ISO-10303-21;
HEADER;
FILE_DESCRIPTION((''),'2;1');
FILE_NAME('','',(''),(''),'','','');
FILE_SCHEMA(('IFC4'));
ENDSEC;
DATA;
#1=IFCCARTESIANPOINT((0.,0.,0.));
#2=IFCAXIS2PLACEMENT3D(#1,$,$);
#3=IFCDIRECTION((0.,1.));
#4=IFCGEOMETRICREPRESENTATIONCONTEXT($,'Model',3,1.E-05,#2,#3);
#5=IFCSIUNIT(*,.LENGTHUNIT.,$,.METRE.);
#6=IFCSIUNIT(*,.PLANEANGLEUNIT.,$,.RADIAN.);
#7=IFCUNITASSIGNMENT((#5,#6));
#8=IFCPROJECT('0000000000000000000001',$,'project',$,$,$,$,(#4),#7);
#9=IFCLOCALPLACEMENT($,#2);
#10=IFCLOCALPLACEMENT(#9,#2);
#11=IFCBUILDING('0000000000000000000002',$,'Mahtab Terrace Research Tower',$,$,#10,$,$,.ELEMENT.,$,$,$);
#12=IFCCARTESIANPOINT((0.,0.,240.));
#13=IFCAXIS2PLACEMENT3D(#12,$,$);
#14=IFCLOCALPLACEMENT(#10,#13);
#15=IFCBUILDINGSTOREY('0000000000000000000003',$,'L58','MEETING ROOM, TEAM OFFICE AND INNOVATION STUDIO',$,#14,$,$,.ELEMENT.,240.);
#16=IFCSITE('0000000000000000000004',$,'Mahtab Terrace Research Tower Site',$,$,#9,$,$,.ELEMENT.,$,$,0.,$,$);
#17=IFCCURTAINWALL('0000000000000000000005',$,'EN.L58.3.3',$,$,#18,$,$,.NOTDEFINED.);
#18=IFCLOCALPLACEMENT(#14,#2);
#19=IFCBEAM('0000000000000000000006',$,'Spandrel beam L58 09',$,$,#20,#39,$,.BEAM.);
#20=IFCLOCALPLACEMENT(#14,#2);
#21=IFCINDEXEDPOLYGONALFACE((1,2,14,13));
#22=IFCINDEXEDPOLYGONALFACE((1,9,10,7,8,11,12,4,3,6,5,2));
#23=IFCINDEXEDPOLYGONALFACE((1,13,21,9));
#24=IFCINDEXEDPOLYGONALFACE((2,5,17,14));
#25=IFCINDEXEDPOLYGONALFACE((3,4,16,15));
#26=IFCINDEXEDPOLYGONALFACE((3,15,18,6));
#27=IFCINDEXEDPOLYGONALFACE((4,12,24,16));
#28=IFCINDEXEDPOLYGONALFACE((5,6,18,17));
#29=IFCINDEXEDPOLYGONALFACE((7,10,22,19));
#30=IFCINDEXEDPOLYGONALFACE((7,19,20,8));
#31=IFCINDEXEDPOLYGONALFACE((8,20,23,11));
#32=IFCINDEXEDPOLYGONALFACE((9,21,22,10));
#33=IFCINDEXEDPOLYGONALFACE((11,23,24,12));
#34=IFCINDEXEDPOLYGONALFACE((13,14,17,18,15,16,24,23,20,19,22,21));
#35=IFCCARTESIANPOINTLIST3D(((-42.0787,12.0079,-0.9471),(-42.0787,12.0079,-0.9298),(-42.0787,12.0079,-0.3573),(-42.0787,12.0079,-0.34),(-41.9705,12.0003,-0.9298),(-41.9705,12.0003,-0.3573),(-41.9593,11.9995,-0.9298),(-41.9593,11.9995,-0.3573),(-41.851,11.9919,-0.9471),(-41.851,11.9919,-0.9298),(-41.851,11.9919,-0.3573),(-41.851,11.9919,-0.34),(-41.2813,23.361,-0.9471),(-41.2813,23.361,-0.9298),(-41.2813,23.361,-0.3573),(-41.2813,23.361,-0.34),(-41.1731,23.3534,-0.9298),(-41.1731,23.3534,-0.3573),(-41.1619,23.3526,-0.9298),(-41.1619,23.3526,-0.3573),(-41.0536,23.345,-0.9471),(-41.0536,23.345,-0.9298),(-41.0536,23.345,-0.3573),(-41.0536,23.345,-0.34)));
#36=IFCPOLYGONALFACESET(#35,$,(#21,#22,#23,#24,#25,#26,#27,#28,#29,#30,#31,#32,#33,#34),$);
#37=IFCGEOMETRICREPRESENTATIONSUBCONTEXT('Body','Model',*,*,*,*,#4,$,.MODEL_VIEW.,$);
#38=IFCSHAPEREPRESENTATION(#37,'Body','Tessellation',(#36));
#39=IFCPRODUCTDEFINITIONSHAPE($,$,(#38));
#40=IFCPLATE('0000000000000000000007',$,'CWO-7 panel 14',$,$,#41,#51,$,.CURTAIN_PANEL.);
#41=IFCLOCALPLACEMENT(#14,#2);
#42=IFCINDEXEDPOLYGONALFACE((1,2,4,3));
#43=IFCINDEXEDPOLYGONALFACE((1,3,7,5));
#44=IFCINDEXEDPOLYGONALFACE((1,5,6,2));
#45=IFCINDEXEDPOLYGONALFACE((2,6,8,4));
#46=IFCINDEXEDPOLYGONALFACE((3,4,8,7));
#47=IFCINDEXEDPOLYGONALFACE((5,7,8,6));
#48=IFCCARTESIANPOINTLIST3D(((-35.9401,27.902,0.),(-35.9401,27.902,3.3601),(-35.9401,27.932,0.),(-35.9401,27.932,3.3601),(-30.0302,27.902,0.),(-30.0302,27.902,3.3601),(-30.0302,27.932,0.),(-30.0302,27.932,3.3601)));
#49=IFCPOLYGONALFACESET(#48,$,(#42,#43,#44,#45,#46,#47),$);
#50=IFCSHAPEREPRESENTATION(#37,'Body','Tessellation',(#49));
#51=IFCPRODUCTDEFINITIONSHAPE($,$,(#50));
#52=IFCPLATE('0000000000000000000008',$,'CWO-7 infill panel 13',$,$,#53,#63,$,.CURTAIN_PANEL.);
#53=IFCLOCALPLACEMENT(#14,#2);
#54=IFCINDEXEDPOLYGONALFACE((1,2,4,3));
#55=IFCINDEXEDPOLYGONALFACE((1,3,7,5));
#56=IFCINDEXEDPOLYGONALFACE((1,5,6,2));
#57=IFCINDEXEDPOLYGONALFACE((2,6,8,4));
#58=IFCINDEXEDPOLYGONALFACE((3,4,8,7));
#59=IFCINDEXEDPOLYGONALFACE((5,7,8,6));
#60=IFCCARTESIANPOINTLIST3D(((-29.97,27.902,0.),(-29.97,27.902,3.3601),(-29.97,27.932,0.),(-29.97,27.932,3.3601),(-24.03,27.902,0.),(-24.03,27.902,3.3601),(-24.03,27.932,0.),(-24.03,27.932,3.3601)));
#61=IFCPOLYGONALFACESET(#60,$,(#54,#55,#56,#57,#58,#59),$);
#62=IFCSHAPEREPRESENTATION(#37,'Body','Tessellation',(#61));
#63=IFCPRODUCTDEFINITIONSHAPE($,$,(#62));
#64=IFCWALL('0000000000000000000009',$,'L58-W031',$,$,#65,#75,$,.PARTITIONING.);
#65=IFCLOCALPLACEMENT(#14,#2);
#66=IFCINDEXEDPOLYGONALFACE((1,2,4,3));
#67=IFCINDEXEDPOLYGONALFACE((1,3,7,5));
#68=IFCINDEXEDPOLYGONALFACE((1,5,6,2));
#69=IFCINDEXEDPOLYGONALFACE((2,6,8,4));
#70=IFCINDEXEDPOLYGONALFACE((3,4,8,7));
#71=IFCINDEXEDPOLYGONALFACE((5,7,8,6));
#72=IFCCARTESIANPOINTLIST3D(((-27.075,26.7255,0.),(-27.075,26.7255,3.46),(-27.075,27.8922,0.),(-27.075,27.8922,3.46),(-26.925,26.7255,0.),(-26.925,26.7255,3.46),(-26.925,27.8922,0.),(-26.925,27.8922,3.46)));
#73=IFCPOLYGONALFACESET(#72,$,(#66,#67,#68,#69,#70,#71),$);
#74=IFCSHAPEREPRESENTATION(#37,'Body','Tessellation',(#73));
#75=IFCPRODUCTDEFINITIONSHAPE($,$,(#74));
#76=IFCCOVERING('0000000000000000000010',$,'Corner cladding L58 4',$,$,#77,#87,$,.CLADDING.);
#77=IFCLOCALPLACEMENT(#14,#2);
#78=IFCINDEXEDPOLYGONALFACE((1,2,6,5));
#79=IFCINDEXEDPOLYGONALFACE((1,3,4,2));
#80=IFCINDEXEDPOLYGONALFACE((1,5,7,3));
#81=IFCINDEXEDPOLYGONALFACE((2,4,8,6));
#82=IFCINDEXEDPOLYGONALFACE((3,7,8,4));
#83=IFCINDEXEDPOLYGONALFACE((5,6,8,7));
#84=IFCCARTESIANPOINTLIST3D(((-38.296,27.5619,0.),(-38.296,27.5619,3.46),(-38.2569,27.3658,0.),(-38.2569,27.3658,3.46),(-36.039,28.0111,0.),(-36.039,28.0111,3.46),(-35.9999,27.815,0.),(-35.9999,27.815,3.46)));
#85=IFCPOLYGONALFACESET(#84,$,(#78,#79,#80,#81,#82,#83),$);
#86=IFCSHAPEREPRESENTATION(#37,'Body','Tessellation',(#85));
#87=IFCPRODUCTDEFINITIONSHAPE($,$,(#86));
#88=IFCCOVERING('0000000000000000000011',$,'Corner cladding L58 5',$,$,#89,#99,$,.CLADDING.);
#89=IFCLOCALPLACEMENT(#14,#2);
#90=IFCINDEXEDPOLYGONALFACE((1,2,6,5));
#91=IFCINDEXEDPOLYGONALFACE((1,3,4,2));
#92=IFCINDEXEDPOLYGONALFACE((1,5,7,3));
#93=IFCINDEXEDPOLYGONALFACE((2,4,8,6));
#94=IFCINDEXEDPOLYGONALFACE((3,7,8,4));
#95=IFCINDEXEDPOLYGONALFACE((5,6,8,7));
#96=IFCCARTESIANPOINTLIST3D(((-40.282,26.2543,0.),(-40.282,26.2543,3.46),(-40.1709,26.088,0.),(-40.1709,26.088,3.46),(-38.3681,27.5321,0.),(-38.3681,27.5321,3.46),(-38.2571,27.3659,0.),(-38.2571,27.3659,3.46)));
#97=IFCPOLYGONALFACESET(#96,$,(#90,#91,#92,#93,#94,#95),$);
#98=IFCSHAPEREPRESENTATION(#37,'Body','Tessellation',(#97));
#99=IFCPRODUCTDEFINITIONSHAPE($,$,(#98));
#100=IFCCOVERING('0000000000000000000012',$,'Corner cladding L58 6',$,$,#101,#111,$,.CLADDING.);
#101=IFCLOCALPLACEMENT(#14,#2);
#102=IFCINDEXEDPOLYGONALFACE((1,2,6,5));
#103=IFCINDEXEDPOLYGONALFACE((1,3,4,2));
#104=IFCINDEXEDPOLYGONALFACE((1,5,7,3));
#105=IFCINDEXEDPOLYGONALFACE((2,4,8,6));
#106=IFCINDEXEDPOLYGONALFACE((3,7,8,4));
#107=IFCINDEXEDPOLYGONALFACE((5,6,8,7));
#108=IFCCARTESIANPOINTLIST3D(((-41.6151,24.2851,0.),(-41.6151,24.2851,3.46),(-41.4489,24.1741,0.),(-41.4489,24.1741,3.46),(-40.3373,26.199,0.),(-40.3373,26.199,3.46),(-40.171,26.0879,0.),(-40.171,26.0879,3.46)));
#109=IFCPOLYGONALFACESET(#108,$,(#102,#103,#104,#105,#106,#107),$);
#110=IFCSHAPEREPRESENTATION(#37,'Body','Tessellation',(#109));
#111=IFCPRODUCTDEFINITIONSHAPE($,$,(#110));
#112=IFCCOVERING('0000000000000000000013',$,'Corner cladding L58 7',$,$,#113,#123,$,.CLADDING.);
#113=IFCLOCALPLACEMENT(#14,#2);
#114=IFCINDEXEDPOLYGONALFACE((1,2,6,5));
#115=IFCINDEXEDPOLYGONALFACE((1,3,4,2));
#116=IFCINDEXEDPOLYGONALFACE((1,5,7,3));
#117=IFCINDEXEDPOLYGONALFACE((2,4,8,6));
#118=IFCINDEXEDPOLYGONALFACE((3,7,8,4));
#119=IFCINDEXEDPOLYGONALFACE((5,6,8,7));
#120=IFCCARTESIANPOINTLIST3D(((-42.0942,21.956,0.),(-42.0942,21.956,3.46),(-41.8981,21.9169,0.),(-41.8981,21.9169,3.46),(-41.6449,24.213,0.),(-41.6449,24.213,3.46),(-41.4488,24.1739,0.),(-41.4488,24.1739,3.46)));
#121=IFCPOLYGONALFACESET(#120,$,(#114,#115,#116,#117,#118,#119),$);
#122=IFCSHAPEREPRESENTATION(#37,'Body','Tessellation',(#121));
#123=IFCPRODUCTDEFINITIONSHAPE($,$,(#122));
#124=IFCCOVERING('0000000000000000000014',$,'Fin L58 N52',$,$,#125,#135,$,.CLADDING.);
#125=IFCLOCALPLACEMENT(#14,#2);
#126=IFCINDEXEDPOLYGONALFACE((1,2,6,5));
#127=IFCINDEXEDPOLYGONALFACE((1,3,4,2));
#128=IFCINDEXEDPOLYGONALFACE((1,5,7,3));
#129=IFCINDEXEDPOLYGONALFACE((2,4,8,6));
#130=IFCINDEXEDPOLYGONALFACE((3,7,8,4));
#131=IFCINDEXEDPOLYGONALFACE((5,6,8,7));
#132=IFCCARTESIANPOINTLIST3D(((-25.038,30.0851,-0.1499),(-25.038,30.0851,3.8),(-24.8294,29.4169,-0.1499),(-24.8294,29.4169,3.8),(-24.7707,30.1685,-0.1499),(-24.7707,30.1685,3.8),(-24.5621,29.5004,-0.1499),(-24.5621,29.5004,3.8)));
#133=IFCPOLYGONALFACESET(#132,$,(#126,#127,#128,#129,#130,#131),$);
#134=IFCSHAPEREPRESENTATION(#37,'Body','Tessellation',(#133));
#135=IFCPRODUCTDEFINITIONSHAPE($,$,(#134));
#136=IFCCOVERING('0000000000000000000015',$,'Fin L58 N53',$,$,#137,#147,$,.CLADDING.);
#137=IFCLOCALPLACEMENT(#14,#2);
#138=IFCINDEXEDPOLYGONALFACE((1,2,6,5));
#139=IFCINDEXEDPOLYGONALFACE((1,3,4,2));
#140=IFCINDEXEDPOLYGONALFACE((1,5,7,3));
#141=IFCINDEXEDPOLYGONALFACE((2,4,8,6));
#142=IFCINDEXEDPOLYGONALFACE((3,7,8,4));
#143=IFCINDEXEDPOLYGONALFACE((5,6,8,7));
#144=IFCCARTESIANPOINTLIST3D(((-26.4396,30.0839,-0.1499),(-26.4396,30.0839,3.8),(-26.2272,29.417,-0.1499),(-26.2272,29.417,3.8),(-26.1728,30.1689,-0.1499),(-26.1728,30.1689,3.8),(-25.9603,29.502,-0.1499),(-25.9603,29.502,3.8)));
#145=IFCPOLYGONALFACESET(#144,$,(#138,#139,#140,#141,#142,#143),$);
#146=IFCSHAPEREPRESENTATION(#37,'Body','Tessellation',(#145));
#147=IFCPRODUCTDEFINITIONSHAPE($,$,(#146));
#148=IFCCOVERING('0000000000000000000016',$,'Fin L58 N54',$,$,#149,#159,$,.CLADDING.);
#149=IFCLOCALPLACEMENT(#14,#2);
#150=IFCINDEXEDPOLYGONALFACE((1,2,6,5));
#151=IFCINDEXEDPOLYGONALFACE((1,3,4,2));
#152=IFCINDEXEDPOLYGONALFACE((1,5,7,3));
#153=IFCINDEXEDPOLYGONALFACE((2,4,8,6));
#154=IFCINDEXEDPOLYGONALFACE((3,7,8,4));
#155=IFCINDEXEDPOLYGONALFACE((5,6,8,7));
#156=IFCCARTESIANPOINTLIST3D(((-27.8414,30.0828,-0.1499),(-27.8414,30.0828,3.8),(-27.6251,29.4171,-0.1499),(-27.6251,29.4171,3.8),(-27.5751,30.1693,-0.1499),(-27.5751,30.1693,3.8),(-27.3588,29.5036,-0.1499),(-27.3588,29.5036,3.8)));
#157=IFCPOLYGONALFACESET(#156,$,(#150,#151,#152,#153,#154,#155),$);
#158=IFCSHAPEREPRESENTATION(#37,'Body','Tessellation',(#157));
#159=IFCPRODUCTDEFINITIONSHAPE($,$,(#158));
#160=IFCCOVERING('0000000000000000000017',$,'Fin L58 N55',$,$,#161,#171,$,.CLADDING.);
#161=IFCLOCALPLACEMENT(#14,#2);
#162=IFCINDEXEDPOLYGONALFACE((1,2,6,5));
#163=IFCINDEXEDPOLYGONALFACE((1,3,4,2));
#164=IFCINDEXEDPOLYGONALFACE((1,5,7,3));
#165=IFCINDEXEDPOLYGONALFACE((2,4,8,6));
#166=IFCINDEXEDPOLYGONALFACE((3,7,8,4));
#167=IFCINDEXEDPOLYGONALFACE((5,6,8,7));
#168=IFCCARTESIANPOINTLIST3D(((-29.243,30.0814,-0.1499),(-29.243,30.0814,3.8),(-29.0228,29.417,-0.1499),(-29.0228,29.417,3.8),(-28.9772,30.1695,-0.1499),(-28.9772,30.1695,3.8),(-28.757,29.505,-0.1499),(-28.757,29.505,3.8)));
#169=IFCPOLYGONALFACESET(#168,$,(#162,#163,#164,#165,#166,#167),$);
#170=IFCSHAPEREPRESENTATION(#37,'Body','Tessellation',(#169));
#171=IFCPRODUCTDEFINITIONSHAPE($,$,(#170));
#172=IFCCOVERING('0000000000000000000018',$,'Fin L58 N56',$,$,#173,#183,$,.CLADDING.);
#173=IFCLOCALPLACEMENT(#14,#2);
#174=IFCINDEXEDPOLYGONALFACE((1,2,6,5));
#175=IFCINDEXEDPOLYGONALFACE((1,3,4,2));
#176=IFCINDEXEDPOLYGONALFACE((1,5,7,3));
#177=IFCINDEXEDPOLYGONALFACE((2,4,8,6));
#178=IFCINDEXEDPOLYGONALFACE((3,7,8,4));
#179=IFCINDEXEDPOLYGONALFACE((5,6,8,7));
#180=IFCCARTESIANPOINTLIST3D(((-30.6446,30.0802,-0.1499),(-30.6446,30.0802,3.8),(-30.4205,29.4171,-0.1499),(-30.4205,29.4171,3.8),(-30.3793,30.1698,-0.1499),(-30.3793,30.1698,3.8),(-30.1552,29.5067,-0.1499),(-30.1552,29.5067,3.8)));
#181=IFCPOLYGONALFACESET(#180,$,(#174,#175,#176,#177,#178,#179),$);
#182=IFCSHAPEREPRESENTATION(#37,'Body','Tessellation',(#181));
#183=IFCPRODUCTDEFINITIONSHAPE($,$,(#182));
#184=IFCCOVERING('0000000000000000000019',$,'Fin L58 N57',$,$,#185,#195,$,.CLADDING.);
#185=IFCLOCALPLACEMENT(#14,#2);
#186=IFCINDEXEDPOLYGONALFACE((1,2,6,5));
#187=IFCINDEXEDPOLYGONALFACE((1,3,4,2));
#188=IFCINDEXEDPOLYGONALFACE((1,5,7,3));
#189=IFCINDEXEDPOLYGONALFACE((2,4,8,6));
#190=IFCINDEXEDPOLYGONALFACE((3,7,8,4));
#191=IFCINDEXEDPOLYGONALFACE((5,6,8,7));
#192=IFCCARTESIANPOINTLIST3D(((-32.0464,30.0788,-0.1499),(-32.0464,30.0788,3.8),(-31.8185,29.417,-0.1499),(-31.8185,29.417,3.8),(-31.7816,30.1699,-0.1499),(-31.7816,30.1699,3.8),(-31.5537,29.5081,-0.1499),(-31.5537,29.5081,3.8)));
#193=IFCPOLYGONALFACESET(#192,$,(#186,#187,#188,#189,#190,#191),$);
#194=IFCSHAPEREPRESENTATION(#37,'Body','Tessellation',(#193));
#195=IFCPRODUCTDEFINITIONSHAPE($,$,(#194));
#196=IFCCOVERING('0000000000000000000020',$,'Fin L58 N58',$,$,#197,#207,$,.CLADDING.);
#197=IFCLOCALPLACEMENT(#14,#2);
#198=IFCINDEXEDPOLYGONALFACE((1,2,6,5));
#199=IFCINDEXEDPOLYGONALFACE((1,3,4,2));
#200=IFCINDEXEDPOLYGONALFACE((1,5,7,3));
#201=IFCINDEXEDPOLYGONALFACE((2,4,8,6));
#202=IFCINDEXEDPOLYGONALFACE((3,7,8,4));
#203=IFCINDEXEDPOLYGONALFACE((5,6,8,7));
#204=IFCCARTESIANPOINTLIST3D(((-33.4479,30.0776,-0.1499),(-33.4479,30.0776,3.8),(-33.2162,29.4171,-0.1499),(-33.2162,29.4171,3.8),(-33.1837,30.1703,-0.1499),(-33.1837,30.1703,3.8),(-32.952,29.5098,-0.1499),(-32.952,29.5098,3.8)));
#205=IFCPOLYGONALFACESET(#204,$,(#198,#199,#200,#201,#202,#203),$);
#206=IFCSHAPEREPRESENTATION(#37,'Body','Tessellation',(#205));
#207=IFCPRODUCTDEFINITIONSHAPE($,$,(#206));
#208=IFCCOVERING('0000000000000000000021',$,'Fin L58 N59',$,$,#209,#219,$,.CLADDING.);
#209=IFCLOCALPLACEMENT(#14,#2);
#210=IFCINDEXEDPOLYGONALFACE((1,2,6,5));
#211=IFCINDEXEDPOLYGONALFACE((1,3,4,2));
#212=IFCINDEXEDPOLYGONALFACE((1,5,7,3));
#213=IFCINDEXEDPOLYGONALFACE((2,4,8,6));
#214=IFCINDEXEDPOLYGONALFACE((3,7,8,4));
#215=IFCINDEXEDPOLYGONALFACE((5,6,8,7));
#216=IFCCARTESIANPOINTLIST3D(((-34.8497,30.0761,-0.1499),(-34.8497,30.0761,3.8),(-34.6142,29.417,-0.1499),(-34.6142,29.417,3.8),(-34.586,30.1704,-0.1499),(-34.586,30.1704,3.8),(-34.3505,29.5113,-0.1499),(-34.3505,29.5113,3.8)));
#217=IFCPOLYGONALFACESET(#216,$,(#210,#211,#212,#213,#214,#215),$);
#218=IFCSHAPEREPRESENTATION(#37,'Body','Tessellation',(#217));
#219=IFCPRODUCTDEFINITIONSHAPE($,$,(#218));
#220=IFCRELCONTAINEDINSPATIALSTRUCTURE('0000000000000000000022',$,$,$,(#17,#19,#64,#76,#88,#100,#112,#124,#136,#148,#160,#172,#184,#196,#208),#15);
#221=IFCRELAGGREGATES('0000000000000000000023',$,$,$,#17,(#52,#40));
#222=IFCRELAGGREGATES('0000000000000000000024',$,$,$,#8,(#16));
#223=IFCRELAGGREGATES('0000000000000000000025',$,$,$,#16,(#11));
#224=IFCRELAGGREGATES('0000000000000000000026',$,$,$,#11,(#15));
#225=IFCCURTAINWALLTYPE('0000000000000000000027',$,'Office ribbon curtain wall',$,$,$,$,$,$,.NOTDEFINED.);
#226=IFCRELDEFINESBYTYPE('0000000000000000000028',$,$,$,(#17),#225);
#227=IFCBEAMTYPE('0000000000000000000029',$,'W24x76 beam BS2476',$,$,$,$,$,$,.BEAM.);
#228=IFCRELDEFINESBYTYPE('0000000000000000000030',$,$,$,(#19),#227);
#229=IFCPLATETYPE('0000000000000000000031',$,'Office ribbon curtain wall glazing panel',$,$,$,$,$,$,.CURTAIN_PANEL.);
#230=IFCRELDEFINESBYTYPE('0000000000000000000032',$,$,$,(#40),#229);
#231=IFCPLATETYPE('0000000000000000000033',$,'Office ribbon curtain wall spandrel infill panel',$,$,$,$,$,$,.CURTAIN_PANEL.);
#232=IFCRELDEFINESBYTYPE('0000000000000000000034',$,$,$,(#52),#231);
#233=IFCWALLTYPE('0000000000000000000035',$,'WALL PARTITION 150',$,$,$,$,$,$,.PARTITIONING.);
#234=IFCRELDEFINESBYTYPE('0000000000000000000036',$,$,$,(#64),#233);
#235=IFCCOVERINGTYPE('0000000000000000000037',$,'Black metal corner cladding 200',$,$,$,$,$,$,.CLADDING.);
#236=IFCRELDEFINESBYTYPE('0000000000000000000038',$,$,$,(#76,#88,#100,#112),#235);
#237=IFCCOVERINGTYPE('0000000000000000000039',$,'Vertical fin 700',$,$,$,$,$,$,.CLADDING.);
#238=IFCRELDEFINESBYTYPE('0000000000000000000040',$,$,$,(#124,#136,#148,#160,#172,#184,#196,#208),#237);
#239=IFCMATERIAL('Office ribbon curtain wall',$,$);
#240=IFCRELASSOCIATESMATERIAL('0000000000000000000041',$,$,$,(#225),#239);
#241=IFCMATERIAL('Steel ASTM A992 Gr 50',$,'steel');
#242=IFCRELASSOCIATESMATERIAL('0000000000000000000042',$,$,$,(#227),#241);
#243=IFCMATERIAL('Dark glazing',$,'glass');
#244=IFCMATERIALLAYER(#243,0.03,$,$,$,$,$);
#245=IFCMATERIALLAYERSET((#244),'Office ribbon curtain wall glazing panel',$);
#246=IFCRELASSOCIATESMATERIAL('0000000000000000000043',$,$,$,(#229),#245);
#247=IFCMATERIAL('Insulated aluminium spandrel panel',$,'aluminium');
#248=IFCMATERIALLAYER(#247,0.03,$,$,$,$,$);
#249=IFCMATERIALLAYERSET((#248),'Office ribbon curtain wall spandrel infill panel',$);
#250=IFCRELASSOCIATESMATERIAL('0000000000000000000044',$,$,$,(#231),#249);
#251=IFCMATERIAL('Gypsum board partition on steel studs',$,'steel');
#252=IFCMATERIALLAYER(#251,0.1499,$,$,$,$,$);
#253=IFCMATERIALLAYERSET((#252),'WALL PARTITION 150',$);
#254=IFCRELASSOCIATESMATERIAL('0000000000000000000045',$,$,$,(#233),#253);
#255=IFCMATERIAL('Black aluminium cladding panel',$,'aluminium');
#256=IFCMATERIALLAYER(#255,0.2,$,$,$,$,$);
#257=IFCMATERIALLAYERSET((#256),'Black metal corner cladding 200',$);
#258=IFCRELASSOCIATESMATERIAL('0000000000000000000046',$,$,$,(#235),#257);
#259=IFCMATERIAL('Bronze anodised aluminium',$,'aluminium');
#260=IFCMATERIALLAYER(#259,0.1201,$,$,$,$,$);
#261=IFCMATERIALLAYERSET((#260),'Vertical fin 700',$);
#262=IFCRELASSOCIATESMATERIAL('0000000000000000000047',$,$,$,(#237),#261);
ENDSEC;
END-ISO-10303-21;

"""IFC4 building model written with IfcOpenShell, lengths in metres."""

from ifc_helpers import new_model, si_unit, direction, frame, frame_2d, origin, origin_2d, place, context, subcontext, project, spatial, rectangle, i_section, extrude, material, layer, layer_set, material_profile, profile_set, type_object, element, aggregate, save


model = new_model("IFC4")

# Units and contexts
model_context = context("Model", 3, precision=1e-05, world=origin(), true_north=direction((0.0, 1.0)))
body_context = subcontext(model_context, "Body", "Model", "MODEL_VIEW")
ifc_project = project(units=[si_unit("LENGTHUNIT", "METRE"), si_unit("PLANEANGLEUNIT", "RADIAN")], contexts=[model_context])

# Site, building, storey
site_placement = place(None, origin())
site = spatial("IfcSite", under=ifc_project, at=site_placement, Name="Mahtab Terrace Research Tower Site", CompositionType="ELEMENT", RefElevation=0.0)
building_placement = place(site_placement, origin())
building = spatial("IfcBuilding", under=site, at=building_placement, Name="Mahtab Terrace Research Tower", CompositionType="ELEMENT")
storey_placement = place(building_placement, frame((0.0, 0.0, 240.0)))
storey = spatial("IfcBuildingStorey", under=building, at=storey_placement, Name="L58", Description="MEETING ROOM, TEAM OFFICE AND INNOVATION STUDIO", CompositionType="ELEMENT", Elevation=240.0)

# Shared definitions
ifc_material_1 = material(Name="Steel ASTM A992 Gr 50", Category="steel")

# Curtain wall
ifc_material_2 = material(Name="Office ribbon curtain wall")
curtain_wall_type = type_object("IfcCurtainWallType", Name="Office ribbon curtain wall", PredefinedType="NOTDEFINED", material=ifc_material_2)
curtain_wall_1_placement = place(storey_placement, origin())
curtain_wall_1 = element("IfcCurtainWall", 1, at=curtain_wall_1_placement, inside=storey, type_object=curtain_wall_type, Name="EN.L58.3.3", PredefinedType="NOTDEFINED")

# Beam
ifc_material_profile_1 = material_profile(ifc_material_1, i_section(OverallWidth=0.2283, OverallDepth=0.6072, WebThickness=0.0112, FlangeThickness=0.0173, at=origin_2d()), Name="W24X76")
ifc_profile_set_1 = profile_set([ifc_material_profile_1], Name="Steel ASTM A992 Gr 50")
beam_type = type_object("IfcBeamType", Name="W24x76 beam BS2476", PredefinedType="BEAM", material=ifc_profile_set_1)
beam_1_placement = place(storey_placement, frame((-41.1675, 23.353, -0.6436), z_axis=(-0.070061, -0.997543, 0.0), x_axis=(0.997543, -0.070061, 0.0)))
element("IfcBeam", 2, at=beam_1_placement, inside=storey, type_object=beam_type, Name="Spandrel beam L58 09", PredefinedType="BEAM", context=body_context, shape_type="SweptSolid", body=[
    extrude(i_section(OverallWidth=0.2283, OverallDepth=0.6072, WebThickness=0.0112, FlangeThickness=0.0173, at=origin_2d()), origin(), (0.0, 0.0, 1.0), 11.3811),
])

# Plates
ifc_material_3 = material(Name="Dark glazing", Category="glass")
ifc_layer_1 = layer(ifc_material_3, 0.03)
ifc_layer_set_1 = layer_set([ifc_layer_1], Name="Office ribbon curtain wall glazing panel")
plate_type_1 = type_object("IfcPlateType", Name="Office ribbon curtain wall glazing panel", PredefinedType="CURTAIN_PANEL", material=ifc_layer_set_1)
plate_1_placement = place(storey_placement, frame((-32.9851, 27.917, 0.0), z_axis=(0.0, 0.0, 1.0), x_axis=(-1.0, 0.0, 0.0)))
plate_1 = element("IfcPlate", 3, at=plate_1_placement, type_object=plate_type_1, Name="CWO-7 panel 14", PredefinedType="CURTAIN_PANEL", context=body_context, shape_type="SweptSolid", body=[
    extrude(rectangle(XDim=5.9099, YDim=0.03, at=origin_2d()), origin(), (0.0, 0.0, 1.0), 3.3601),
])
ifc_material_4 = material(Name="Insulated aluminium spandrel panel", Category="aluminium")
ifc_layer_2 = layer(ifc_material_4, 0.03)
ifc_layer_set_2 = layer_set([ifc_layer_2], Name="Office ribbon curtain wall spandrel infill panel")
plate_type_2 = type_object("IfcPlateType", Name="Office ribbon curtain wall spandrel infill panel", PredefinedType="CURTAIN_PANEL", material=ifc_layer_set_2)
plate_2_placement = place(storey_placement, frame((-27.0, 27.917, 0.0), z_axis=(0.0, 0.0, 1.0), x_axis=(-1.0, 0.0, 0.0)))
plate_2 = element("IfcPlate", 4, at=plate_2_placement, type_object=plate_type_2, Name="CWO-7 infill panel 13", PredefinedType="CURTAIN_PANEL", context=body_context, shape_type="SweptSolid", body=[
    extrude(rectangle(XDim=5.9399, YDim=0.03, at=origin_2d()), origin(), (0.0, 0.0, 1.0), 3.3601),
])
aggregate(curtain_wall_1, [plate_2, plate_1])

# Wall
ifc_material_5 = material(Name="Gypsum board partition on steel studs", Category="steel")
ifc_layer_3 = layer(ifc_material_5, 0.1499)
ifc_layer_set_3 = layer_set([ifc_layer_3], Name="WALL PARTITION 150")
wall_type = type_object("IfcWallType", Name="WALL PARTITION 150", PredefinedType="PARTITIONING", material=ifc_layer_set_3)
wall_placement = place(storey_placement, frame((-27.0, 26.7253, 0.0), z_axis=(0.0, 0.0, 1.0), x_axis=(0.0, 1.0, 0.0)))
element("IfcWall", 5, at=wall_placement, inside=storey, type_object=wall_type, Name="L58-W031", PredefinedType="PARTITIONING", context=body_context, shape_type="SweptSolid", body=[
    extrude(rectangle(XDim=1.1667, YDim=0.1499, at=frame_2d((0.5835, 0.0))), origin(), (0.0, 0.0, 1.0), 3.46),
])

# Coverings
ifc_material_6 = material(Name="Black aluminium cladding panel", Category="aluminium")
ifc_layer_4 = layer(ifc_material_6, 0.2)
ifc_layer_set_4 = layer_set([ifc_layer_4], Name="Black metal corner cladding 200")
covering_type_1 = type_object("IfcCoveringType", Name="Black metal corner cladding 200", PredefinedType="CLADDING", material=ifc_layer_set_4)
for number, where, z_axis, x_axis, name in (
    (6, (-37.1479, 27.6885, 0.0), (0.0, 0.0, 1.0), (-0.980761, -0.195212, 0.0), "Corner cladding L58 4"),
    (7, (-39.2695, 26.8101, 0.0), (0.0, 0.0, 1.0), (-0.831656, -0.555291, 0.0), "Corner cladding L58 5"),
    (8, (-40.8931, 25.1865, 0.0), (0.0, 0.0, 1.0), (-0.555291, -0.831656, 0.0), "Corner cladding L58 6"),
    (9, (-41.7715, 23.0649, 0.0), (0.0, 0.0, 1.0), (-0.195212, -0.980761, 0.0), "Corner cladding L58 7"),
):
    element("IfcCovering", number, at=place(storey_placement, frame(where, z_axis=z_axis, x_axis=x_axis)), inside=storey, type_object=covering_type_1, Name=name, PredefinedType="CLADDING", context=body_context, shape_type="SweptSolid", body=[
        extrude(rectangle(XDim=2.3013, YDim=0.2, at=origin_2d()), origin(), (0.0, 0.0, 1.0), 3.46),
    ])
ifc_material_7 = material(Name="Bronze anodised aluminium", Category="aluminium")
ifc_layer_5 = layer(ifc_material_7, 0.1201)
ifc_layer_set_5 = layer_set([ifc_layer_5], Name="Vertical fin 700")
covering_type_2 = type_object("IfcCoveringType", Name="Vertical fin 700", PredefinedType="CLADDING", material=ifc_layer_set_5)
for number, where, z_axis, x_axis, name in (
    (10, (-24.8, 29.7927, -0.1499), (0.0, 0.0, 1.0), (-0.954588, -0.29793, 0.0), "Fin L58 N52"),
    (11, (-26.2, 29.793, -0.1499), (0.0, 0.0, 1.0), (-0.952838, -0.303479, 0.0), "Fin L58 N53"),
    (12, (-27.6001, 29.7932, -0.1499), (0.0, 0.0, 1.0), (-0.951057, -0.309017, 0.0), "Fin L58 N54"),
    (13, (-29.0, 29.7932, -0.1499), (0.0, 0.0, 1.0), (-0.949243, -0.314545, 0.0), "Fin L58 N55"),
    (14, (-30.3999, 29.7935, -0.1499), (0.0, 0.0, 1.0), (-0.947397, -0.320062, 0.0), "Fin L58 N56"),
    (15, (-31.8, 29.7935, -0.1499), (0.0, 0.0, 1.0), (-0.945519, -0.325568, 0.0), "Fin L58 N57"),
    (16, (-33.2, 29.7937, -0.1499), (0.0, 0.0, 1.0), (-0.943609, -0.331063, 0.0), "Fin L58 N58"),
    (17, (-34.6001, 29.7937, -0.1499), (0.0, 0.0, 1.0), (-0.941666, -0.336547, 0.0), "Fin L58 N59"),
):
    element("IfcCovering", number, at=place(storey_placement, frame(where, z_axis=z_axis, x_axis=x_axis)), inside=storey, type_object=covering_type_2, Name=name, PredefinedType="CLADDING", context=body_context, shape_type="SweptSolid", body=[
        extrude(rectangle(XDim=0.28, YDim=0.7, at=origin_2d()), origin(), (0.0, 0.0, 1.0), 3.95),
    ])

save(model, "model.ifc")
